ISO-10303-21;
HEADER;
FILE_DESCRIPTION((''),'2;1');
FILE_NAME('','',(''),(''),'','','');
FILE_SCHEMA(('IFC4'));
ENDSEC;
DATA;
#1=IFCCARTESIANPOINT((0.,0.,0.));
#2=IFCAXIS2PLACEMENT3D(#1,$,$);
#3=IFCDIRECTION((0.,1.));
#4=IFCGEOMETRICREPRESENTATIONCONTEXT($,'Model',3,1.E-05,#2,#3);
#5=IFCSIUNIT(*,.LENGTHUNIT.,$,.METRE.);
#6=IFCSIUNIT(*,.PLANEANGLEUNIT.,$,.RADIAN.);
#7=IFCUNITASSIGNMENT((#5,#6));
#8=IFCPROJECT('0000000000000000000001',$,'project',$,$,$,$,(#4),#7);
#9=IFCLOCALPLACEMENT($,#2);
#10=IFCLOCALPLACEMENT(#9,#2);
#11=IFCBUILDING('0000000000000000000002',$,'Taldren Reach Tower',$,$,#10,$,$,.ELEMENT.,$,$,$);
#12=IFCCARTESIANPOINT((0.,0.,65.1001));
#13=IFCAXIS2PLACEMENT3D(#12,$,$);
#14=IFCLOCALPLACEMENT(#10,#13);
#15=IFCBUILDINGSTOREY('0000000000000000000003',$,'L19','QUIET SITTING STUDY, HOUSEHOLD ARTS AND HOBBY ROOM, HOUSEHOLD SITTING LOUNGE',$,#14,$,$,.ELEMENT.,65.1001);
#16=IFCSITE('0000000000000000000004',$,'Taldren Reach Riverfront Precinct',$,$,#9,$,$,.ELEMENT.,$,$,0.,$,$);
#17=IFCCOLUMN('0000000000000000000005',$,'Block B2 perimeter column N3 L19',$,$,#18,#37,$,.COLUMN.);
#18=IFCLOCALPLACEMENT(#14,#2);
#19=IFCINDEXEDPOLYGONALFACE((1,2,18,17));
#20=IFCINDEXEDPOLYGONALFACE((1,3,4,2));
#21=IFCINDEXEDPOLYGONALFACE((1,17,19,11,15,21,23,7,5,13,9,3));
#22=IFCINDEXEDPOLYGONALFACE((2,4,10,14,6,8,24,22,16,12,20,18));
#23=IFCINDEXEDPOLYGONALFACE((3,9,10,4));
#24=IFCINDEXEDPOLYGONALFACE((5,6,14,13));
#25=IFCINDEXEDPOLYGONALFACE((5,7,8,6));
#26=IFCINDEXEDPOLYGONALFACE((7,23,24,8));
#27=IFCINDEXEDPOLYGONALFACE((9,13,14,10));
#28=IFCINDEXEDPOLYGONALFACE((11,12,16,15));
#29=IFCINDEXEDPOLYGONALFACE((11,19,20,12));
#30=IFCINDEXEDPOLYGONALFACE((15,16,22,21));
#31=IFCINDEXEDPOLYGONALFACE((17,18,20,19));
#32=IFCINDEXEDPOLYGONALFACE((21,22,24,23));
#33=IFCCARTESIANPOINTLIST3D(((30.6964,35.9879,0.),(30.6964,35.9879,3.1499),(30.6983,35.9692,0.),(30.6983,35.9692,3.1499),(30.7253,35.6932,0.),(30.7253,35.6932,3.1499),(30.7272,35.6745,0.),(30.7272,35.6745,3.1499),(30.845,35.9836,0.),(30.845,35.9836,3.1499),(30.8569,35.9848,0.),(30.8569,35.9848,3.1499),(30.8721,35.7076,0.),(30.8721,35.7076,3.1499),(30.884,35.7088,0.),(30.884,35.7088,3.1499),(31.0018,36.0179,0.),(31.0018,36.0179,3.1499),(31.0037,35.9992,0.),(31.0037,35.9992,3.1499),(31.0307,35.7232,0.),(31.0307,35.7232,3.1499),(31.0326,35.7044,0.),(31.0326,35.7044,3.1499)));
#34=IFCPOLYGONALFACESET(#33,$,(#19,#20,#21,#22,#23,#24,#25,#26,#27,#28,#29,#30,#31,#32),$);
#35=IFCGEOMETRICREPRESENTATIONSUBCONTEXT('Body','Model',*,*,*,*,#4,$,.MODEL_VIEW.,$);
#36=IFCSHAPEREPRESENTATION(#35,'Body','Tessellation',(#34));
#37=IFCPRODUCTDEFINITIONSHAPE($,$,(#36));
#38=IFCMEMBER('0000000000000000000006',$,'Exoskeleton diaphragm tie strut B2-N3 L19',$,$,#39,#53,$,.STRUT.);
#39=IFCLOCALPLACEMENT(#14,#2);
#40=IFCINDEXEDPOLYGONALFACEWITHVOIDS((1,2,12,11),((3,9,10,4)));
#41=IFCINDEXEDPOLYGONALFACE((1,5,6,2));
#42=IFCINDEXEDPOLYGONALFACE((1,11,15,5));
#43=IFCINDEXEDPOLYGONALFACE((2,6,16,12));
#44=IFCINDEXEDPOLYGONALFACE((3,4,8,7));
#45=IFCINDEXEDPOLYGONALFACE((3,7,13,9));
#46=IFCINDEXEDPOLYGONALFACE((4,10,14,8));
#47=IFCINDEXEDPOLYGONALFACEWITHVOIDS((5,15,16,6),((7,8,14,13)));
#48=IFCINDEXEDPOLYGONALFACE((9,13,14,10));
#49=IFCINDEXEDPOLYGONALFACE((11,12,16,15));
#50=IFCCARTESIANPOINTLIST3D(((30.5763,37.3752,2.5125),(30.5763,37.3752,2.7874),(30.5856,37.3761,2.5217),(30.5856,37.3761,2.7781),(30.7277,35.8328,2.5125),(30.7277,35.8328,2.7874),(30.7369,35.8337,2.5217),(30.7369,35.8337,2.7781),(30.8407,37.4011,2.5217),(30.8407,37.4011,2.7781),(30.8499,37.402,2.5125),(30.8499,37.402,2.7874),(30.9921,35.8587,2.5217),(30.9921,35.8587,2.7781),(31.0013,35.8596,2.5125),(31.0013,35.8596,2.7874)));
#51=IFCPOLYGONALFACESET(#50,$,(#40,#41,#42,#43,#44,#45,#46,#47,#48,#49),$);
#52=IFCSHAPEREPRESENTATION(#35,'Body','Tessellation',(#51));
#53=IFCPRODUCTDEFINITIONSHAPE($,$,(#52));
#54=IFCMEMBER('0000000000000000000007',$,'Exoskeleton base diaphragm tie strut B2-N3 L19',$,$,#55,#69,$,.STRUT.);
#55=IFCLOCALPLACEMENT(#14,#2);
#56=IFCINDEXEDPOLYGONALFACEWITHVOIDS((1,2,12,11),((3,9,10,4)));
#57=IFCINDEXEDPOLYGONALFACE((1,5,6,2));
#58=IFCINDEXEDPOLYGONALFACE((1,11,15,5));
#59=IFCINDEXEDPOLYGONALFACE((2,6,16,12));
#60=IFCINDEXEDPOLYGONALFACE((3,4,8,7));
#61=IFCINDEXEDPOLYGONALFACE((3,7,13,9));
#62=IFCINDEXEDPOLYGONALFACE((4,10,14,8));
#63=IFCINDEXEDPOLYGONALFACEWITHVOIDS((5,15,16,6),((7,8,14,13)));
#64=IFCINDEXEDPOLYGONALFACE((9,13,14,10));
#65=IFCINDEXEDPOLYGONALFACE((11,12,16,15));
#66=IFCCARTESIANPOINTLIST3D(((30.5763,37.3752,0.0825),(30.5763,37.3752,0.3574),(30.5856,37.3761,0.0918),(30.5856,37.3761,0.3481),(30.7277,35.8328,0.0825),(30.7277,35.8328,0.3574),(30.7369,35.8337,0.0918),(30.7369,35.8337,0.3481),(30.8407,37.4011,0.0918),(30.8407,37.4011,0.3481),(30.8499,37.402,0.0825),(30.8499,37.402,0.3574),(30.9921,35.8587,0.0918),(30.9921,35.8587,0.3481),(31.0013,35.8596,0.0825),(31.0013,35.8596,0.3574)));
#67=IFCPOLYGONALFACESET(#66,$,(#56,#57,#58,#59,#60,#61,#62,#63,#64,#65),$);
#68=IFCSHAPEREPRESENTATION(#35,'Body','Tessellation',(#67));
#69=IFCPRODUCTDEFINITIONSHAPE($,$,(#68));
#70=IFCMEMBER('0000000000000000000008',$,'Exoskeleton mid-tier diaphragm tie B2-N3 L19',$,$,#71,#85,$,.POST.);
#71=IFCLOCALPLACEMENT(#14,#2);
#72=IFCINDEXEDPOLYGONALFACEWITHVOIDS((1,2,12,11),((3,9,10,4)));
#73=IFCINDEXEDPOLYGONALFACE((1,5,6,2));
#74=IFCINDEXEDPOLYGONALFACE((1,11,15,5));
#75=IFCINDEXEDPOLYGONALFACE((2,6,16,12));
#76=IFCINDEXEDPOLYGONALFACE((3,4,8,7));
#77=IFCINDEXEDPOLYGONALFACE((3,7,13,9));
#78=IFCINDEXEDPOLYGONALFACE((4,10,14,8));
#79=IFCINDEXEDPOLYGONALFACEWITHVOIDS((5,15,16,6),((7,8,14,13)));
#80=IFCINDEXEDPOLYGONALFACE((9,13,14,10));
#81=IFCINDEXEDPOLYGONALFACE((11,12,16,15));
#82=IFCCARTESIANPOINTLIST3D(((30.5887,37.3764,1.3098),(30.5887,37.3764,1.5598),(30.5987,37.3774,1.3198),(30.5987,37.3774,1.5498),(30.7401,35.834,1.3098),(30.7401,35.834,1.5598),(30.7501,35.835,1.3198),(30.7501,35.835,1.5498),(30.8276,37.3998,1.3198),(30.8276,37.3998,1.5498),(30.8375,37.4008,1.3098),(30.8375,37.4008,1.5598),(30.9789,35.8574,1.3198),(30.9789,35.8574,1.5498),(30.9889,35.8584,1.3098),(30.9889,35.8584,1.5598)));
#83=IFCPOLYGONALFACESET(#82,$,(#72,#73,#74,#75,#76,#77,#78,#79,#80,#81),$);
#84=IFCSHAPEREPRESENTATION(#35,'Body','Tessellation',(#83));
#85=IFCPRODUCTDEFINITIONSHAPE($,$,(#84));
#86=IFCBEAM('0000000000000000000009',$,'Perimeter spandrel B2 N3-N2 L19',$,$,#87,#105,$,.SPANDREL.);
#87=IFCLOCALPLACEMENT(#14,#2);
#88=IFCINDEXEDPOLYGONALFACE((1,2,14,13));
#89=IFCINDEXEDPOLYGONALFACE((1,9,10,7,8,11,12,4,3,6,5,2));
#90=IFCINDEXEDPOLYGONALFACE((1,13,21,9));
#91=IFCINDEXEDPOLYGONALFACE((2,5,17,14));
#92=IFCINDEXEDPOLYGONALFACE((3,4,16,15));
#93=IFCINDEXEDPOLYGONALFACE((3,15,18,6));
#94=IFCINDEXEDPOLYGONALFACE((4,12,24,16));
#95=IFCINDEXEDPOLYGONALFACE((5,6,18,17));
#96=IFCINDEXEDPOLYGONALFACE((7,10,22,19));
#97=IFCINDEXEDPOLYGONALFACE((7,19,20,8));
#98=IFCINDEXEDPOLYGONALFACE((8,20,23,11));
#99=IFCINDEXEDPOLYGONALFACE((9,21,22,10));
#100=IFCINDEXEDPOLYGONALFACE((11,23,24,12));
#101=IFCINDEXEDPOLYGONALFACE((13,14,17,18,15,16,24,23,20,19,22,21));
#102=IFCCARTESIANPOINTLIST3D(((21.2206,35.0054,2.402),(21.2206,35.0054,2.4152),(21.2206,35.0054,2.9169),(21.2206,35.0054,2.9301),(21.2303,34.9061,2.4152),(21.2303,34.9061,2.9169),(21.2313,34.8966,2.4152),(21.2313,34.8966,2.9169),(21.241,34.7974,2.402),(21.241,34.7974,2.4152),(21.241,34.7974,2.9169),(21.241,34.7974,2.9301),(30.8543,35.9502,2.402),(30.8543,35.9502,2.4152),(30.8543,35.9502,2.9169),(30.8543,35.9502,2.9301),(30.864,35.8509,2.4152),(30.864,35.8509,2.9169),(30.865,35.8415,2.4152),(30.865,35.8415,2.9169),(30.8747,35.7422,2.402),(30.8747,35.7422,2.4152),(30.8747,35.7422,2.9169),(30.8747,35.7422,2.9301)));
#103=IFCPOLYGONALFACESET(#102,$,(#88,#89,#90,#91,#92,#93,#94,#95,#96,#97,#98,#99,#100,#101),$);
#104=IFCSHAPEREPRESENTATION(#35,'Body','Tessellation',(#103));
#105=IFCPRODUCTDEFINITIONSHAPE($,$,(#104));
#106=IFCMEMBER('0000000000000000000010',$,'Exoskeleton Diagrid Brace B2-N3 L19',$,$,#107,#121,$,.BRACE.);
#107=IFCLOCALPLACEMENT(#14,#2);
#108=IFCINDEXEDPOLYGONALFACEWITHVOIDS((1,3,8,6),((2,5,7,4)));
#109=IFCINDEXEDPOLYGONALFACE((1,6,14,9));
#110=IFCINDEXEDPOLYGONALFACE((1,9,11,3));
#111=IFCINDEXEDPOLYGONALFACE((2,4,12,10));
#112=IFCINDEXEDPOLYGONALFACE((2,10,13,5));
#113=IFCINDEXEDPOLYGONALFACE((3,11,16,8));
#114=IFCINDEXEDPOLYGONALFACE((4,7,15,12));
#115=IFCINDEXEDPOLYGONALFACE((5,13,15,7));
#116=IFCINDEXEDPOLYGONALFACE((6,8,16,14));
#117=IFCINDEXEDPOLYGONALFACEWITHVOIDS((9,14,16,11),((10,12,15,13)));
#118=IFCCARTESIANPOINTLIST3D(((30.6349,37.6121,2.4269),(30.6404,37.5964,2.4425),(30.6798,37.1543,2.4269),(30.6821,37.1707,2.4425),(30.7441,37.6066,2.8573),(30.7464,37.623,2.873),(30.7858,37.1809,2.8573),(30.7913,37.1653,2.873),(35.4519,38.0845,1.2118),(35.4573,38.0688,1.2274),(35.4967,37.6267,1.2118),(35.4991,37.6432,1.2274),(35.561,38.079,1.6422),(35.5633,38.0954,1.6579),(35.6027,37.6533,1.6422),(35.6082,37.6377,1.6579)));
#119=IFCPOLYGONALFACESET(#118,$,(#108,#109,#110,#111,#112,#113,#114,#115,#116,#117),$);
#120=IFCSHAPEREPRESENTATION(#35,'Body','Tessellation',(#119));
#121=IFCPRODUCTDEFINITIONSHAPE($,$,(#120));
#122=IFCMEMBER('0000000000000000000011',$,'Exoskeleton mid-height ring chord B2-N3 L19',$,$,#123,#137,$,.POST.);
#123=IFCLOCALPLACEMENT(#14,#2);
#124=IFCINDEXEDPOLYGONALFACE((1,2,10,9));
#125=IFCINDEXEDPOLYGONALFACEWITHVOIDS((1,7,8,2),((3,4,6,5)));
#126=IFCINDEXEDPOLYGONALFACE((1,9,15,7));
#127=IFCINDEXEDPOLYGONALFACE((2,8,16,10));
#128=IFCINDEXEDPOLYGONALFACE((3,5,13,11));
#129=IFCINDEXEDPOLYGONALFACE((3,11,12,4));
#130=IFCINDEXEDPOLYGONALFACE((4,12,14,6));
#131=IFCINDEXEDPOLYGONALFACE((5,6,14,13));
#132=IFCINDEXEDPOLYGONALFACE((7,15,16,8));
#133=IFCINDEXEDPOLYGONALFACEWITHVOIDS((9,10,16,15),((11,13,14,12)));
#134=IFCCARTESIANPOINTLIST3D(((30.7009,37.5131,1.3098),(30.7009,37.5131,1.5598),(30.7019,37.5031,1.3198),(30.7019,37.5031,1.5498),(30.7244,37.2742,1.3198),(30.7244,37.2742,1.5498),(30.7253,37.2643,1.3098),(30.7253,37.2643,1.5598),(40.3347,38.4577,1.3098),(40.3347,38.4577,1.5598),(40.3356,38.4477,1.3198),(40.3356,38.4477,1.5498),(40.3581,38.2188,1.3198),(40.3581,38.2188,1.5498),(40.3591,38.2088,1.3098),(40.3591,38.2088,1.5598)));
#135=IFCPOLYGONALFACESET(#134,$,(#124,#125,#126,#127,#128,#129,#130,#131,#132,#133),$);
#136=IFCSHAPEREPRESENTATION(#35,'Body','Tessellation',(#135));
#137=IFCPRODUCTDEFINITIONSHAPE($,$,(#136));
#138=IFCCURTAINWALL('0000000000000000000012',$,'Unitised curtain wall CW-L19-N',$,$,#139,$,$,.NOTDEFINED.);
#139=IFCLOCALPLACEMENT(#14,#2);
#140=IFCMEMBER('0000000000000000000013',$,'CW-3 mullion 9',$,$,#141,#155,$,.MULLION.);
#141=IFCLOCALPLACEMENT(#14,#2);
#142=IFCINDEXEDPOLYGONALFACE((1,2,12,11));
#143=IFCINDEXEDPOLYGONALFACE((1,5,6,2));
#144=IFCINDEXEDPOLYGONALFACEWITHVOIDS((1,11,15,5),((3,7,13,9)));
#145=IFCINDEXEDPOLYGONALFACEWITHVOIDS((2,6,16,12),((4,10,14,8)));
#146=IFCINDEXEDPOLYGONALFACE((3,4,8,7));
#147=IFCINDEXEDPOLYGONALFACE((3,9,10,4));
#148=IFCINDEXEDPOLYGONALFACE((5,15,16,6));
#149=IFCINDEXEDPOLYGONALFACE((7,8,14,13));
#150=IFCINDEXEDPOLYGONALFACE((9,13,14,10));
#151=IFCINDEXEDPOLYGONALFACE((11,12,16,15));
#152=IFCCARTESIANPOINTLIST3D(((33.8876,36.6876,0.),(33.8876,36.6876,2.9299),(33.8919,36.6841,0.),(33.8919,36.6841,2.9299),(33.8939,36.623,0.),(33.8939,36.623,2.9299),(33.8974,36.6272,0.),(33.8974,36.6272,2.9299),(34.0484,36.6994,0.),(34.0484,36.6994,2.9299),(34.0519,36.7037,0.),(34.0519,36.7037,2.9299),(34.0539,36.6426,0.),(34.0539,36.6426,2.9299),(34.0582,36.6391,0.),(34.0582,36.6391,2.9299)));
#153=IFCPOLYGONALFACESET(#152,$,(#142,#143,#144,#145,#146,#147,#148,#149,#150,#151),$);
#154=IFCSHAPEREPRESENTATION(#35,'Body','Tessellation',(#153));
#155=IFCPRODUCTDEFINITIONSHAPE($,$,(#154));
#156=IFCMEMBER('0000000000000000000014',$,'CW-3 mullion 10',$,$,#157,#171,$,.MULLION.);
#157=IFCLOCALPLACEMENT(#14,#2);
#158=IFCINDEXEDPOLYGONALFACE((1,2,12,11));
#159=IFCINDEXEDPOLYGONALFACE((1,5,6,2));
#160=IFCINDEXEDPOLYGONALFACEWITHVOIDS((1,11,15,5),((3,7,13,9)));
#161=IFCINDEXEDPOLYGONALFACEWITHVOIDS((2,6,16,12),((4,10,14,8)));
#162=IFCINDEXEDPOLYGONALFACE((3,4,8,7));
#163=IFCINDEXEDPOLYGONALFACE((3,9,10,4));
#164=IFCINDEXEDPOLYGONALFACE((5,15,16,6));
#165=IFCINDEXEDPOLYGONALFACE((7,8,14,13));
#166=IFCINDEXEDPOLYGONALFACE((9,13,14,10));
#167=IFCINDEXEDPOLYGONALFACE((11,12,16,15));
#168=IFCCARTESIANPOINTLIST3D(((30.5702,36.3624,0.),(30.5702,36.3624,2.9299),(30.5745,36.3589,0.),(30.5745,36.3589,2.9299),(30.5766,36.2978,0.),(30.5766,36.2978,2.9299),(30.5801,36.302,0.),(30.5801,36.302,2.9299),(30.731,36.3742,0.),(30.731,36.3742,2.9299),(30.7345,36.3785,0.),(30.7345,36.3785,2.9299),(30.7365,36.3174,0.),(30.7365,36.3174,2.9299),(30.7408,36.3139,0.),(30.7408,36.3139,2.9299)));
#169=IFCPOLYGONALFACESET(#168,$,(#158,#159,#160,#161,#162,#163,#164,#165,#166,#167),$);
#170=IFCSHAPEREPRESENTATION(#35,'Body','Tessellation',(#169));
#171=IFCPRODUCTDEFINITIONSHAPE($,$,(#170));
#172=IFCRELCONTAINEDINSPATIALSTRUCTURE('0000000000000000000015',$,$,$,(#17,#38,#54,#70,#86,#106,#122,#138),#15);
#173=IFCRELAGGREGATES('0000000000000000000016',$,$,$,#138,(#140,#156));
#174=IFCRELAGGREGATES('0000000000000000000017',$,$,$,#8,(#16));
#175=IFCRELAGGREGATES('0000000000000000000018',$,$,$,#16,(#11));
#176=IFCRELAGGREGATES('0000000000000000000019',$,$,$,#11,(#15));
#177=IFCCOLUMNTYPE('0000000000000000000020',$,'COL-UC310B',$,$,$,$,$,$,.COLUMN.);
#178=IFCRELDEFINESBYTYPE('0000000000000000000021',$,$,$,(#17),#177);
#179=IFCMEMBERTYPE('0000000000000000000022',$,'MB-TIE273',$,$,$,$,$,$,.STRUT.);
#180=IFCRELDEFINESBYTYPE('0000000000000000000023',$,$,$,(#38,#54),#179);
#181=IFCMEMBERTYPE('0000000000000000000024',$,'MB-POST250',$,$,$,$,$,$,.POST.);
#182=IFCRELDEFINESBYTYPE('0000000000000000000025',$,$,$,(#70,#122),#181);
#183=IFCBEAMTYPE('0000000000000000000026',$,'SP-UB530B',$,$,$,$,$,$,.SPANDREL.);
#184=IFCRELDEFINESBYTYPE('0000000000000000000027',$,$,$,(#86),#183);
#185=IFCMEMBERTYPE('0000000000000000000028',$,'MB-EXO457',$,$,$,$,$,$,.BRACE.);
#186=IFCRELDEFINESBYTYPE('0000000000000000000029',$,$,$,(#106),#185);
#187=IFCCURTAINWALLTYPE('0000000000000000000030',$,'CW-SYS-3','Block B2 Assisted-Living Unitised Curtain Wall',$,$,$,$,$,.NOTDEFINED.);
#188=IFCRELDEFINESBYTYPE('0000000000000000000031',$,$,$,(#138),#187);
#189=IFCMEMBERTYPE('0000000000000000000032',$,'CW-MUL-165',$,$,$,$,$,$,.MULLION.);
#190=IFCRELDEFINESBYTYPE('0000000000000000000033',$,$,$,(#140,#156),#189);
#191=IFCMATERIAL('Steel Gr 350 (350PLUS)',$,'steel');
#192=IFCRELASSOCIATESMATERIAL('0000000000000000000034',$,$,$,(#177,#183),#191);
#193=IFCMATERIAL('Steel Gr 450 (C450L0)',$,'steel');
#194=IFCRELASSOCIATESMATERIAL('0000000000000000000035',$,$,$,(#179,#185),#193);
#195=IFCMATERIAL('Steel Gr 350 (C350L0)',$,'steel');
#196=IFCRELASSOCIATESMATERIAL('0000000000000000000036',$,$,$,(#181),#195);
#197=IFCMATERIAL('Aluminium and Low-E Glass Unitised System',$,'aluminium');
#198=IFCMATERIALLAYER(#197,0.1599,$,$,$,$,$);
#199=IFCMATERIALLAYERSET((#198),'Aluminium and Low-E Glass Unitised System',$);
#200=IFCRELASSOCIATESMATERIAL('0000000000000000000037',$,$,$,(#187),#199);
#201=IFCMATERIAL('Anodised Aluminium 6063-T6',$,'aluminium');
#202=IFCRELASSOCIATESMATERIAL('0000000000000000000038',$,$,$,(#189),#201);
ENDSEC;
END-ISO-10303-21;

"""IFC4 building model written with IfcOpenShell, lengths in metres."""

from ifc_helpers import new_model, si_unit, direction, frame, origin, origin_2d, place, context, subcontext, project, spatial, hollow_rectangle, i_section, extrude, source, transform, mapped, material, layer, layer_set, material_profile, profile_set, type_object, element, aggregate, save


model = new_model("IFC4")

# Units and contexts
model_context = context("Model", 3, precision=1e-05, world=origin(), true_north=direction((0.0, 1.0)))
body_context = subcontext(model_context, "Body", "Model", "MODEL_VIEW")
ifc_project = project(units=[si_unit("LENGTHUNIT", "METRE"), si_unit("PLANEANGLEUNIT", "RADIAN")], contexts=[model_context])

# Site, building, storey
site_placement = place(None, origin())
site = spatial("IfcSite", under=ifc_project, at=site_placement, Name="Taldren Reach Riverfront Precinct", CompositionType="ELEMENT", RefElevation=0.0)
building_placement = place(site_placement, origin())
building = spatial("IfcBuilding", under=site, at=building_placement, Name="Taldren Reach Tower", CompositionType="ELEMENT")
storey_placement = place(building_placement, frame((0.0, 0.0, 65.1001)))
storey = spatial("IfcBuildingStorey", under=building, at=storey_placement, Name="L19", Description="QUIET SITTING STUDY, HOUSEHOLD ARTS AND HOBBY ROOM, HOUSEHOLD SITTING LOUNGE", CompositionType="ELEMENT", Elevation=65.1001)

# Column
ifc_material_1 = material(Name="Steel Gr 350 (350PLUS)", Category="steel")
ifc_material_profile_1 = material_profile(ifc_material_1, i_section(OverallWidth=0.3069, OverallDepth=0.3149, WebThickness=0.012, FlangeThickness=0.0188, at=origin_2d()), Name="310UC118")
ifc_profile_set_1 = profile_set([ifc_material_profile_1], Name="Steel Gr 350 (350PLUS)")
column_type = type_object("IfcColumnType", Name="COL-UC310B", PredefinedType="COLUMN", material=ifc_profile_set_1)
shared_shape_1 = source(origin(), body_context, "Body", "SweptSolid", [
    extrude(i_section(OverallWidth=0.3069, OverallDepth=0.3149, WebThickness=0.012, FlangeThickness=0.0188, at=origin_2d()), origin(), (0.0, 0.0, 1.0), 3.1499),
])
column_placement = place(storey_placement, frame((30.8645, 35.8462, 0.0), z_axis=(0.0, 0.0, 1.0), x_axis=(0.995227, 0.097583, 0.0)))
element("IfcColumn", 1, at=column_placement, inside=storey, type_object=column_type, Name="Block B2 perimeter column N3 L19", PredefinedType="COLUMN", context=body_context, shape_type="MappedRepresentation", body=[
    mapped(shared_shape_1, transform((0.0, 0.0, 0.0), scale=1.0)),
])

# Members
ifc_material_2 = material(Name="Steel Gr 450 (C450L0)", Category="steel")
ifc_material_profile_2 = material_profile(ifc_material_2, hollow_rectangle(XDim=0.2749, YDim=0.2749, WallThickness=0.0093, at=origin_2d()), Name="275x275x9.3SHS")
ifc_profile_set_2 = profile_set([ifc_material_profile_2], Name="Steel Gr 450 (C450L0)")
member_type_1 = type_object("IfcMemberType", Name="MB-TIE273", PredefinedType="STRUT", material=ifc_profile_set_2)
shared_shape_2 = source(origin(), body_context, "Body", "SweptSolid", [
    extrude(hollow_rectangle(XDim=0.2749, YDim=0.2749, WallThickness=0.0093, at=origin_2d()), origin(), (0.0, 0.0, 1.0), 1.5498),
])
for number, where, z_axis, x_axis, name in (
    (2, (30.8645, 35.8462, 2.6499), (-0.097663, 0.99522, 0.0), (-0.99522, -0.097663, 0.0), "Exoskeleton diaphragm tie strut B2-N3 L19"),
    (3, (30.8645, 35.8462, 0.22), (-0.097663, 0.99522, 0.0), (-0.99522, -0.097663, 0.0), "Exoskeleton base diaphragm tie strut B2-N3 L19"),
):
    element("IfcMember", number, at=place(storey_placement, frame(where, z_axis=z_axis, x_axis=x_axis)), inside=storey, type_object=member_type_1, Name=name, PredefinedType="STRUT", context=body_context, shape_type="MappedRepresentation", body=[
        mapped(shared_shape_2, transform((0.0, 0.0, 0.0), scale=1.0)),
    ])
ifc_material_3 = material(Name="Steel Gr 350 (C350L0)", Category="steel")
ifc_material_profile_3 = material_profile(ifc_material_3, hollow_rectangle(XDim=0.25, YDim=0.25, WallThickness=0.01, at=origin_2d()), Name="250x250x10.0SHS")
ifc_profile_set_3 = profile_set([ifc_material_profile_3], Name="Steel Gr 350 (C350L0)")
member_type_2 = type_object("IfcMemberType", Name="MB-POST250", PredefinedType="POST", material=ifc_profile_set_3)
shared_shape_3 = source(origin(), body_context, "Body", "SweptSolid", [
    extrude(hollow_rectangle(XDim=0.25, YDim=0.25, WallThickness=0.01, at=origin_2d()), origin(), (0.0, 0.0, 1.0), 1.5498),
])
member_1_placement = place(storey_placement, frame((30.8645, 35.8462, 1.4348), z_axis=(-0.097663, 0.99522, 0.0), x_axis=(-0.99522, -0.097663, 0.0)))
element("IfcMember", 4, at=member_1_placement, inside=storey, type_object=member_type_2, Name="Exoskeleton mid-tier diaphragm tie B2-N3 L19", PredefinedType="POST", context=body_context, shape_type="MappedRepresentation", body=[
    mapped(shared_shape_3, transform((0.0, 0.0, 0.0), scale=1.0)),
])

# Beam
ifc_material_profile_4 = material_profile(ifc_material_1, i_section(OverallWidth=0.209, OverallDepth=0.5281, WebThickness=0.0095, FlangeThickness=0.0132, at=origin_2d()), Name="530UB82.0")
ifc_profile_set_4 = profile_set([ifc_material_profile_4], Name="Steel Gr 350 (350PLUS)")
beam_type = type_object("IfcBeamType", Name="SP-UB530B", PredefinedType="SPANDREL", material=ifc_profile_set_4)
shared_shape_4 = source(origin(), body_context, "Body", "SweptSolid", [
    extrude(i_section(OverallWidth=0.209, OverallDepth=0.5281, WebThickness=0.0095, FlangeThickness=0.0132, at=origin_2d()), origin(), (0.0, 0.0, 1.0), 9.6799),
])
beam_placement = place(storey_placement, frame((30.8645, 35.8462, 2.666), z_axis=(-0.995225, -0.097606, 0.0), x_axis=(0.097606, -0.995225, 0.0)))
element("IfcBeam", 5, at=beam_placement, inside=storey, type_object=beam_type, Name="Perimeter spandrel B2 N3-N2 L19", PredefinedType="SPANDREL", context=body_context, shape_type="MappedRepresentation", body=[
    mapped(shared_shape_4, transform((0.0, 0.0, 0.0), scale=1.0)),
])

# Members
ifc_material_profile_5 = material_profile(ifc_material_2, hollow_rectangle(XDim=0.46, YDim=0.46, WallThickness=0.0161, at=origin_2d()), Name="460x460x16.0SHS")
ifc_profile_set_5 = profile_set([ifc_material_profile_5], Name="Steel Gr 450 (C450L0)")
member_type_3 = type_object("IfcMemberType", Name="MB-EXO457", PredefinedType="BRACE", material=ifc_profile_set_5)
shared_shape_5 = source(origin(), body_context, "Body", "SweptSolid", [
    extrude(hollow_rectangle(XDim=0.46, YDim=0.46, WallThickness=0.0161, at=origin_2d()), origin(), (0.0, 0.0, 1.0), 4.9902),
])
member_2_placement = place(storey_placement, frame((35.53, 37.8611, 1.4348), z_axis=(-0.965271, -0.094668, 0.243495), x_axis=(0.097606, -0.995225, 0.0)))
element("IfcMember", 6, at=member_2_placement, inside=storey, type_object=member_type_3, Name="Exoskeleton Diagrid Brace B2-N3 L19", PredefinedType="BRACE", context=body_context, shape_type="MappedRepresentation", body=[
    mapped(shared_shape_5, transform((0.0, 0.0, 0.0), scale=1.0)),
])
shared_shape_6 = source(origin(), body_context, "Body", "SweptSolid", [
    extrude(hollow_rectangle(XDim=0.25, YDim=0.25, WallThickness=0.01, at=origin_2d()), origin(), (0.0, 0.0, 1.0), 9.6799),
])
member_3_placement = place(storey_placement, frame((30.7131, 37.3887, 1.4348), z_axis=(0.995228, 0.097581, 0.0), x_axis=(-0.097581, 0.995228, 0.0)))
element("IfcMember", 7, at=member_3_placement, inside=storey, type_object=member_type_2, Name="Exoskeleton mid-height ring chord B2-N3 L19", PredefinedType="POST", context=body_context, shape_type="MappedRepresentation", body=[
    mapped(shared_shape_6, transform((0.0, 0.0, 0.0), scale=1.0)),
])

# Curtain wall, members
ifc_material_4 = material(Name="Aluminium and Low-E Glass Unitised System", Category="aluminium")
ifc_layer_1 = layer(ifc_material_4, 0.1599)
ifc_layer_set_1 = layer_set([ifc_layer_1], Name="Aluminium and Low-E Glass Unitised System")
curtain_wall_type = type_object("IfcCurtainWallType", Name="CW-SYS-3", Description="Block B2 Assisted-Living Unitised Curtain Wall", PredefinedType="NOTDEFINED", material=ifc_layer_set_1)
curtain_wall_placement = place(storey_placement, origin())
curtain_wall = element("IfcCurtainWall", 8, at=curtain_wall_placement, inside=storey, type_object=curtain_wall_type, Name="Unitised curtain wall CW-L19-N", PredefinedType="NOTDEFINED")
ifc_material_5 = material(Name="Anodised Aluminium 6063-T6", Category="aluminium")
ifc_material_profile_6 = material_profile(ifc_material_5, hollow_rectangle(XDim=0.0649, YDim=0.165, WallThickness=0.0039, at=origin_2d()), Name="ALU-165x65x4RHS")
ifc_profile_set_6 = profile_set([ifc_material_profile_6], Name="Anodised Aluminium 6063-T6")
member_type_4 = type_object("IfcMemberType", Name="CW-MUL-165", PredefinedType="MULLION", material=ifc_profile_set_6)
shared_shape_7 = source(origin(), body_context, "Body", "SweptSolid", [
    extrude(hollow_rectangle(XDim=0.0649, YDim=0.165, WallThickness=0.0039, at=origin_2d()), origin(), (0.0, 0.0, 1.0), 2.9299),
])
member_4_placement = place(storey_placement, frame((33.9729, 36.6633, 0.0), z_axis=(0.0, 0.0, 1.0), x_axis=(0.097583, -0.995227, 0.0)))
member_4 = element("IfcMember", 9, at=member_4_placement, type_object=member_type_4, Name="CW-3 mullion 9", PredefinedType="MULLION", context=body_context, shape_type="MappedRepresentation", body=[
    mapped(shared_shape_7, transform((0.0, 0.0, 0.0), scale=1.0)),
])
member_5_placement = place(storey_placement, frame((30.6555, 36.3381, 0.0), z_axis=(0.0, 0.0, 1.0), x_axis=(0.097583, -0.995227, 0.0)))
member_5 = element("IfcMember", 10, at=member_5_placement, type_object=member_type_4, Name="CW-3 mullion 10", PredefinedType="MULLION", context=body_context, shape_type="MappedRepresentation", body=[
    mapped(shared_shape_7, transform((0.0, 0.0, 0.0), scale=1.0)),
])

aggregate(curtain_wall, [member_4, member_5])

save(model, "model.ifc")
